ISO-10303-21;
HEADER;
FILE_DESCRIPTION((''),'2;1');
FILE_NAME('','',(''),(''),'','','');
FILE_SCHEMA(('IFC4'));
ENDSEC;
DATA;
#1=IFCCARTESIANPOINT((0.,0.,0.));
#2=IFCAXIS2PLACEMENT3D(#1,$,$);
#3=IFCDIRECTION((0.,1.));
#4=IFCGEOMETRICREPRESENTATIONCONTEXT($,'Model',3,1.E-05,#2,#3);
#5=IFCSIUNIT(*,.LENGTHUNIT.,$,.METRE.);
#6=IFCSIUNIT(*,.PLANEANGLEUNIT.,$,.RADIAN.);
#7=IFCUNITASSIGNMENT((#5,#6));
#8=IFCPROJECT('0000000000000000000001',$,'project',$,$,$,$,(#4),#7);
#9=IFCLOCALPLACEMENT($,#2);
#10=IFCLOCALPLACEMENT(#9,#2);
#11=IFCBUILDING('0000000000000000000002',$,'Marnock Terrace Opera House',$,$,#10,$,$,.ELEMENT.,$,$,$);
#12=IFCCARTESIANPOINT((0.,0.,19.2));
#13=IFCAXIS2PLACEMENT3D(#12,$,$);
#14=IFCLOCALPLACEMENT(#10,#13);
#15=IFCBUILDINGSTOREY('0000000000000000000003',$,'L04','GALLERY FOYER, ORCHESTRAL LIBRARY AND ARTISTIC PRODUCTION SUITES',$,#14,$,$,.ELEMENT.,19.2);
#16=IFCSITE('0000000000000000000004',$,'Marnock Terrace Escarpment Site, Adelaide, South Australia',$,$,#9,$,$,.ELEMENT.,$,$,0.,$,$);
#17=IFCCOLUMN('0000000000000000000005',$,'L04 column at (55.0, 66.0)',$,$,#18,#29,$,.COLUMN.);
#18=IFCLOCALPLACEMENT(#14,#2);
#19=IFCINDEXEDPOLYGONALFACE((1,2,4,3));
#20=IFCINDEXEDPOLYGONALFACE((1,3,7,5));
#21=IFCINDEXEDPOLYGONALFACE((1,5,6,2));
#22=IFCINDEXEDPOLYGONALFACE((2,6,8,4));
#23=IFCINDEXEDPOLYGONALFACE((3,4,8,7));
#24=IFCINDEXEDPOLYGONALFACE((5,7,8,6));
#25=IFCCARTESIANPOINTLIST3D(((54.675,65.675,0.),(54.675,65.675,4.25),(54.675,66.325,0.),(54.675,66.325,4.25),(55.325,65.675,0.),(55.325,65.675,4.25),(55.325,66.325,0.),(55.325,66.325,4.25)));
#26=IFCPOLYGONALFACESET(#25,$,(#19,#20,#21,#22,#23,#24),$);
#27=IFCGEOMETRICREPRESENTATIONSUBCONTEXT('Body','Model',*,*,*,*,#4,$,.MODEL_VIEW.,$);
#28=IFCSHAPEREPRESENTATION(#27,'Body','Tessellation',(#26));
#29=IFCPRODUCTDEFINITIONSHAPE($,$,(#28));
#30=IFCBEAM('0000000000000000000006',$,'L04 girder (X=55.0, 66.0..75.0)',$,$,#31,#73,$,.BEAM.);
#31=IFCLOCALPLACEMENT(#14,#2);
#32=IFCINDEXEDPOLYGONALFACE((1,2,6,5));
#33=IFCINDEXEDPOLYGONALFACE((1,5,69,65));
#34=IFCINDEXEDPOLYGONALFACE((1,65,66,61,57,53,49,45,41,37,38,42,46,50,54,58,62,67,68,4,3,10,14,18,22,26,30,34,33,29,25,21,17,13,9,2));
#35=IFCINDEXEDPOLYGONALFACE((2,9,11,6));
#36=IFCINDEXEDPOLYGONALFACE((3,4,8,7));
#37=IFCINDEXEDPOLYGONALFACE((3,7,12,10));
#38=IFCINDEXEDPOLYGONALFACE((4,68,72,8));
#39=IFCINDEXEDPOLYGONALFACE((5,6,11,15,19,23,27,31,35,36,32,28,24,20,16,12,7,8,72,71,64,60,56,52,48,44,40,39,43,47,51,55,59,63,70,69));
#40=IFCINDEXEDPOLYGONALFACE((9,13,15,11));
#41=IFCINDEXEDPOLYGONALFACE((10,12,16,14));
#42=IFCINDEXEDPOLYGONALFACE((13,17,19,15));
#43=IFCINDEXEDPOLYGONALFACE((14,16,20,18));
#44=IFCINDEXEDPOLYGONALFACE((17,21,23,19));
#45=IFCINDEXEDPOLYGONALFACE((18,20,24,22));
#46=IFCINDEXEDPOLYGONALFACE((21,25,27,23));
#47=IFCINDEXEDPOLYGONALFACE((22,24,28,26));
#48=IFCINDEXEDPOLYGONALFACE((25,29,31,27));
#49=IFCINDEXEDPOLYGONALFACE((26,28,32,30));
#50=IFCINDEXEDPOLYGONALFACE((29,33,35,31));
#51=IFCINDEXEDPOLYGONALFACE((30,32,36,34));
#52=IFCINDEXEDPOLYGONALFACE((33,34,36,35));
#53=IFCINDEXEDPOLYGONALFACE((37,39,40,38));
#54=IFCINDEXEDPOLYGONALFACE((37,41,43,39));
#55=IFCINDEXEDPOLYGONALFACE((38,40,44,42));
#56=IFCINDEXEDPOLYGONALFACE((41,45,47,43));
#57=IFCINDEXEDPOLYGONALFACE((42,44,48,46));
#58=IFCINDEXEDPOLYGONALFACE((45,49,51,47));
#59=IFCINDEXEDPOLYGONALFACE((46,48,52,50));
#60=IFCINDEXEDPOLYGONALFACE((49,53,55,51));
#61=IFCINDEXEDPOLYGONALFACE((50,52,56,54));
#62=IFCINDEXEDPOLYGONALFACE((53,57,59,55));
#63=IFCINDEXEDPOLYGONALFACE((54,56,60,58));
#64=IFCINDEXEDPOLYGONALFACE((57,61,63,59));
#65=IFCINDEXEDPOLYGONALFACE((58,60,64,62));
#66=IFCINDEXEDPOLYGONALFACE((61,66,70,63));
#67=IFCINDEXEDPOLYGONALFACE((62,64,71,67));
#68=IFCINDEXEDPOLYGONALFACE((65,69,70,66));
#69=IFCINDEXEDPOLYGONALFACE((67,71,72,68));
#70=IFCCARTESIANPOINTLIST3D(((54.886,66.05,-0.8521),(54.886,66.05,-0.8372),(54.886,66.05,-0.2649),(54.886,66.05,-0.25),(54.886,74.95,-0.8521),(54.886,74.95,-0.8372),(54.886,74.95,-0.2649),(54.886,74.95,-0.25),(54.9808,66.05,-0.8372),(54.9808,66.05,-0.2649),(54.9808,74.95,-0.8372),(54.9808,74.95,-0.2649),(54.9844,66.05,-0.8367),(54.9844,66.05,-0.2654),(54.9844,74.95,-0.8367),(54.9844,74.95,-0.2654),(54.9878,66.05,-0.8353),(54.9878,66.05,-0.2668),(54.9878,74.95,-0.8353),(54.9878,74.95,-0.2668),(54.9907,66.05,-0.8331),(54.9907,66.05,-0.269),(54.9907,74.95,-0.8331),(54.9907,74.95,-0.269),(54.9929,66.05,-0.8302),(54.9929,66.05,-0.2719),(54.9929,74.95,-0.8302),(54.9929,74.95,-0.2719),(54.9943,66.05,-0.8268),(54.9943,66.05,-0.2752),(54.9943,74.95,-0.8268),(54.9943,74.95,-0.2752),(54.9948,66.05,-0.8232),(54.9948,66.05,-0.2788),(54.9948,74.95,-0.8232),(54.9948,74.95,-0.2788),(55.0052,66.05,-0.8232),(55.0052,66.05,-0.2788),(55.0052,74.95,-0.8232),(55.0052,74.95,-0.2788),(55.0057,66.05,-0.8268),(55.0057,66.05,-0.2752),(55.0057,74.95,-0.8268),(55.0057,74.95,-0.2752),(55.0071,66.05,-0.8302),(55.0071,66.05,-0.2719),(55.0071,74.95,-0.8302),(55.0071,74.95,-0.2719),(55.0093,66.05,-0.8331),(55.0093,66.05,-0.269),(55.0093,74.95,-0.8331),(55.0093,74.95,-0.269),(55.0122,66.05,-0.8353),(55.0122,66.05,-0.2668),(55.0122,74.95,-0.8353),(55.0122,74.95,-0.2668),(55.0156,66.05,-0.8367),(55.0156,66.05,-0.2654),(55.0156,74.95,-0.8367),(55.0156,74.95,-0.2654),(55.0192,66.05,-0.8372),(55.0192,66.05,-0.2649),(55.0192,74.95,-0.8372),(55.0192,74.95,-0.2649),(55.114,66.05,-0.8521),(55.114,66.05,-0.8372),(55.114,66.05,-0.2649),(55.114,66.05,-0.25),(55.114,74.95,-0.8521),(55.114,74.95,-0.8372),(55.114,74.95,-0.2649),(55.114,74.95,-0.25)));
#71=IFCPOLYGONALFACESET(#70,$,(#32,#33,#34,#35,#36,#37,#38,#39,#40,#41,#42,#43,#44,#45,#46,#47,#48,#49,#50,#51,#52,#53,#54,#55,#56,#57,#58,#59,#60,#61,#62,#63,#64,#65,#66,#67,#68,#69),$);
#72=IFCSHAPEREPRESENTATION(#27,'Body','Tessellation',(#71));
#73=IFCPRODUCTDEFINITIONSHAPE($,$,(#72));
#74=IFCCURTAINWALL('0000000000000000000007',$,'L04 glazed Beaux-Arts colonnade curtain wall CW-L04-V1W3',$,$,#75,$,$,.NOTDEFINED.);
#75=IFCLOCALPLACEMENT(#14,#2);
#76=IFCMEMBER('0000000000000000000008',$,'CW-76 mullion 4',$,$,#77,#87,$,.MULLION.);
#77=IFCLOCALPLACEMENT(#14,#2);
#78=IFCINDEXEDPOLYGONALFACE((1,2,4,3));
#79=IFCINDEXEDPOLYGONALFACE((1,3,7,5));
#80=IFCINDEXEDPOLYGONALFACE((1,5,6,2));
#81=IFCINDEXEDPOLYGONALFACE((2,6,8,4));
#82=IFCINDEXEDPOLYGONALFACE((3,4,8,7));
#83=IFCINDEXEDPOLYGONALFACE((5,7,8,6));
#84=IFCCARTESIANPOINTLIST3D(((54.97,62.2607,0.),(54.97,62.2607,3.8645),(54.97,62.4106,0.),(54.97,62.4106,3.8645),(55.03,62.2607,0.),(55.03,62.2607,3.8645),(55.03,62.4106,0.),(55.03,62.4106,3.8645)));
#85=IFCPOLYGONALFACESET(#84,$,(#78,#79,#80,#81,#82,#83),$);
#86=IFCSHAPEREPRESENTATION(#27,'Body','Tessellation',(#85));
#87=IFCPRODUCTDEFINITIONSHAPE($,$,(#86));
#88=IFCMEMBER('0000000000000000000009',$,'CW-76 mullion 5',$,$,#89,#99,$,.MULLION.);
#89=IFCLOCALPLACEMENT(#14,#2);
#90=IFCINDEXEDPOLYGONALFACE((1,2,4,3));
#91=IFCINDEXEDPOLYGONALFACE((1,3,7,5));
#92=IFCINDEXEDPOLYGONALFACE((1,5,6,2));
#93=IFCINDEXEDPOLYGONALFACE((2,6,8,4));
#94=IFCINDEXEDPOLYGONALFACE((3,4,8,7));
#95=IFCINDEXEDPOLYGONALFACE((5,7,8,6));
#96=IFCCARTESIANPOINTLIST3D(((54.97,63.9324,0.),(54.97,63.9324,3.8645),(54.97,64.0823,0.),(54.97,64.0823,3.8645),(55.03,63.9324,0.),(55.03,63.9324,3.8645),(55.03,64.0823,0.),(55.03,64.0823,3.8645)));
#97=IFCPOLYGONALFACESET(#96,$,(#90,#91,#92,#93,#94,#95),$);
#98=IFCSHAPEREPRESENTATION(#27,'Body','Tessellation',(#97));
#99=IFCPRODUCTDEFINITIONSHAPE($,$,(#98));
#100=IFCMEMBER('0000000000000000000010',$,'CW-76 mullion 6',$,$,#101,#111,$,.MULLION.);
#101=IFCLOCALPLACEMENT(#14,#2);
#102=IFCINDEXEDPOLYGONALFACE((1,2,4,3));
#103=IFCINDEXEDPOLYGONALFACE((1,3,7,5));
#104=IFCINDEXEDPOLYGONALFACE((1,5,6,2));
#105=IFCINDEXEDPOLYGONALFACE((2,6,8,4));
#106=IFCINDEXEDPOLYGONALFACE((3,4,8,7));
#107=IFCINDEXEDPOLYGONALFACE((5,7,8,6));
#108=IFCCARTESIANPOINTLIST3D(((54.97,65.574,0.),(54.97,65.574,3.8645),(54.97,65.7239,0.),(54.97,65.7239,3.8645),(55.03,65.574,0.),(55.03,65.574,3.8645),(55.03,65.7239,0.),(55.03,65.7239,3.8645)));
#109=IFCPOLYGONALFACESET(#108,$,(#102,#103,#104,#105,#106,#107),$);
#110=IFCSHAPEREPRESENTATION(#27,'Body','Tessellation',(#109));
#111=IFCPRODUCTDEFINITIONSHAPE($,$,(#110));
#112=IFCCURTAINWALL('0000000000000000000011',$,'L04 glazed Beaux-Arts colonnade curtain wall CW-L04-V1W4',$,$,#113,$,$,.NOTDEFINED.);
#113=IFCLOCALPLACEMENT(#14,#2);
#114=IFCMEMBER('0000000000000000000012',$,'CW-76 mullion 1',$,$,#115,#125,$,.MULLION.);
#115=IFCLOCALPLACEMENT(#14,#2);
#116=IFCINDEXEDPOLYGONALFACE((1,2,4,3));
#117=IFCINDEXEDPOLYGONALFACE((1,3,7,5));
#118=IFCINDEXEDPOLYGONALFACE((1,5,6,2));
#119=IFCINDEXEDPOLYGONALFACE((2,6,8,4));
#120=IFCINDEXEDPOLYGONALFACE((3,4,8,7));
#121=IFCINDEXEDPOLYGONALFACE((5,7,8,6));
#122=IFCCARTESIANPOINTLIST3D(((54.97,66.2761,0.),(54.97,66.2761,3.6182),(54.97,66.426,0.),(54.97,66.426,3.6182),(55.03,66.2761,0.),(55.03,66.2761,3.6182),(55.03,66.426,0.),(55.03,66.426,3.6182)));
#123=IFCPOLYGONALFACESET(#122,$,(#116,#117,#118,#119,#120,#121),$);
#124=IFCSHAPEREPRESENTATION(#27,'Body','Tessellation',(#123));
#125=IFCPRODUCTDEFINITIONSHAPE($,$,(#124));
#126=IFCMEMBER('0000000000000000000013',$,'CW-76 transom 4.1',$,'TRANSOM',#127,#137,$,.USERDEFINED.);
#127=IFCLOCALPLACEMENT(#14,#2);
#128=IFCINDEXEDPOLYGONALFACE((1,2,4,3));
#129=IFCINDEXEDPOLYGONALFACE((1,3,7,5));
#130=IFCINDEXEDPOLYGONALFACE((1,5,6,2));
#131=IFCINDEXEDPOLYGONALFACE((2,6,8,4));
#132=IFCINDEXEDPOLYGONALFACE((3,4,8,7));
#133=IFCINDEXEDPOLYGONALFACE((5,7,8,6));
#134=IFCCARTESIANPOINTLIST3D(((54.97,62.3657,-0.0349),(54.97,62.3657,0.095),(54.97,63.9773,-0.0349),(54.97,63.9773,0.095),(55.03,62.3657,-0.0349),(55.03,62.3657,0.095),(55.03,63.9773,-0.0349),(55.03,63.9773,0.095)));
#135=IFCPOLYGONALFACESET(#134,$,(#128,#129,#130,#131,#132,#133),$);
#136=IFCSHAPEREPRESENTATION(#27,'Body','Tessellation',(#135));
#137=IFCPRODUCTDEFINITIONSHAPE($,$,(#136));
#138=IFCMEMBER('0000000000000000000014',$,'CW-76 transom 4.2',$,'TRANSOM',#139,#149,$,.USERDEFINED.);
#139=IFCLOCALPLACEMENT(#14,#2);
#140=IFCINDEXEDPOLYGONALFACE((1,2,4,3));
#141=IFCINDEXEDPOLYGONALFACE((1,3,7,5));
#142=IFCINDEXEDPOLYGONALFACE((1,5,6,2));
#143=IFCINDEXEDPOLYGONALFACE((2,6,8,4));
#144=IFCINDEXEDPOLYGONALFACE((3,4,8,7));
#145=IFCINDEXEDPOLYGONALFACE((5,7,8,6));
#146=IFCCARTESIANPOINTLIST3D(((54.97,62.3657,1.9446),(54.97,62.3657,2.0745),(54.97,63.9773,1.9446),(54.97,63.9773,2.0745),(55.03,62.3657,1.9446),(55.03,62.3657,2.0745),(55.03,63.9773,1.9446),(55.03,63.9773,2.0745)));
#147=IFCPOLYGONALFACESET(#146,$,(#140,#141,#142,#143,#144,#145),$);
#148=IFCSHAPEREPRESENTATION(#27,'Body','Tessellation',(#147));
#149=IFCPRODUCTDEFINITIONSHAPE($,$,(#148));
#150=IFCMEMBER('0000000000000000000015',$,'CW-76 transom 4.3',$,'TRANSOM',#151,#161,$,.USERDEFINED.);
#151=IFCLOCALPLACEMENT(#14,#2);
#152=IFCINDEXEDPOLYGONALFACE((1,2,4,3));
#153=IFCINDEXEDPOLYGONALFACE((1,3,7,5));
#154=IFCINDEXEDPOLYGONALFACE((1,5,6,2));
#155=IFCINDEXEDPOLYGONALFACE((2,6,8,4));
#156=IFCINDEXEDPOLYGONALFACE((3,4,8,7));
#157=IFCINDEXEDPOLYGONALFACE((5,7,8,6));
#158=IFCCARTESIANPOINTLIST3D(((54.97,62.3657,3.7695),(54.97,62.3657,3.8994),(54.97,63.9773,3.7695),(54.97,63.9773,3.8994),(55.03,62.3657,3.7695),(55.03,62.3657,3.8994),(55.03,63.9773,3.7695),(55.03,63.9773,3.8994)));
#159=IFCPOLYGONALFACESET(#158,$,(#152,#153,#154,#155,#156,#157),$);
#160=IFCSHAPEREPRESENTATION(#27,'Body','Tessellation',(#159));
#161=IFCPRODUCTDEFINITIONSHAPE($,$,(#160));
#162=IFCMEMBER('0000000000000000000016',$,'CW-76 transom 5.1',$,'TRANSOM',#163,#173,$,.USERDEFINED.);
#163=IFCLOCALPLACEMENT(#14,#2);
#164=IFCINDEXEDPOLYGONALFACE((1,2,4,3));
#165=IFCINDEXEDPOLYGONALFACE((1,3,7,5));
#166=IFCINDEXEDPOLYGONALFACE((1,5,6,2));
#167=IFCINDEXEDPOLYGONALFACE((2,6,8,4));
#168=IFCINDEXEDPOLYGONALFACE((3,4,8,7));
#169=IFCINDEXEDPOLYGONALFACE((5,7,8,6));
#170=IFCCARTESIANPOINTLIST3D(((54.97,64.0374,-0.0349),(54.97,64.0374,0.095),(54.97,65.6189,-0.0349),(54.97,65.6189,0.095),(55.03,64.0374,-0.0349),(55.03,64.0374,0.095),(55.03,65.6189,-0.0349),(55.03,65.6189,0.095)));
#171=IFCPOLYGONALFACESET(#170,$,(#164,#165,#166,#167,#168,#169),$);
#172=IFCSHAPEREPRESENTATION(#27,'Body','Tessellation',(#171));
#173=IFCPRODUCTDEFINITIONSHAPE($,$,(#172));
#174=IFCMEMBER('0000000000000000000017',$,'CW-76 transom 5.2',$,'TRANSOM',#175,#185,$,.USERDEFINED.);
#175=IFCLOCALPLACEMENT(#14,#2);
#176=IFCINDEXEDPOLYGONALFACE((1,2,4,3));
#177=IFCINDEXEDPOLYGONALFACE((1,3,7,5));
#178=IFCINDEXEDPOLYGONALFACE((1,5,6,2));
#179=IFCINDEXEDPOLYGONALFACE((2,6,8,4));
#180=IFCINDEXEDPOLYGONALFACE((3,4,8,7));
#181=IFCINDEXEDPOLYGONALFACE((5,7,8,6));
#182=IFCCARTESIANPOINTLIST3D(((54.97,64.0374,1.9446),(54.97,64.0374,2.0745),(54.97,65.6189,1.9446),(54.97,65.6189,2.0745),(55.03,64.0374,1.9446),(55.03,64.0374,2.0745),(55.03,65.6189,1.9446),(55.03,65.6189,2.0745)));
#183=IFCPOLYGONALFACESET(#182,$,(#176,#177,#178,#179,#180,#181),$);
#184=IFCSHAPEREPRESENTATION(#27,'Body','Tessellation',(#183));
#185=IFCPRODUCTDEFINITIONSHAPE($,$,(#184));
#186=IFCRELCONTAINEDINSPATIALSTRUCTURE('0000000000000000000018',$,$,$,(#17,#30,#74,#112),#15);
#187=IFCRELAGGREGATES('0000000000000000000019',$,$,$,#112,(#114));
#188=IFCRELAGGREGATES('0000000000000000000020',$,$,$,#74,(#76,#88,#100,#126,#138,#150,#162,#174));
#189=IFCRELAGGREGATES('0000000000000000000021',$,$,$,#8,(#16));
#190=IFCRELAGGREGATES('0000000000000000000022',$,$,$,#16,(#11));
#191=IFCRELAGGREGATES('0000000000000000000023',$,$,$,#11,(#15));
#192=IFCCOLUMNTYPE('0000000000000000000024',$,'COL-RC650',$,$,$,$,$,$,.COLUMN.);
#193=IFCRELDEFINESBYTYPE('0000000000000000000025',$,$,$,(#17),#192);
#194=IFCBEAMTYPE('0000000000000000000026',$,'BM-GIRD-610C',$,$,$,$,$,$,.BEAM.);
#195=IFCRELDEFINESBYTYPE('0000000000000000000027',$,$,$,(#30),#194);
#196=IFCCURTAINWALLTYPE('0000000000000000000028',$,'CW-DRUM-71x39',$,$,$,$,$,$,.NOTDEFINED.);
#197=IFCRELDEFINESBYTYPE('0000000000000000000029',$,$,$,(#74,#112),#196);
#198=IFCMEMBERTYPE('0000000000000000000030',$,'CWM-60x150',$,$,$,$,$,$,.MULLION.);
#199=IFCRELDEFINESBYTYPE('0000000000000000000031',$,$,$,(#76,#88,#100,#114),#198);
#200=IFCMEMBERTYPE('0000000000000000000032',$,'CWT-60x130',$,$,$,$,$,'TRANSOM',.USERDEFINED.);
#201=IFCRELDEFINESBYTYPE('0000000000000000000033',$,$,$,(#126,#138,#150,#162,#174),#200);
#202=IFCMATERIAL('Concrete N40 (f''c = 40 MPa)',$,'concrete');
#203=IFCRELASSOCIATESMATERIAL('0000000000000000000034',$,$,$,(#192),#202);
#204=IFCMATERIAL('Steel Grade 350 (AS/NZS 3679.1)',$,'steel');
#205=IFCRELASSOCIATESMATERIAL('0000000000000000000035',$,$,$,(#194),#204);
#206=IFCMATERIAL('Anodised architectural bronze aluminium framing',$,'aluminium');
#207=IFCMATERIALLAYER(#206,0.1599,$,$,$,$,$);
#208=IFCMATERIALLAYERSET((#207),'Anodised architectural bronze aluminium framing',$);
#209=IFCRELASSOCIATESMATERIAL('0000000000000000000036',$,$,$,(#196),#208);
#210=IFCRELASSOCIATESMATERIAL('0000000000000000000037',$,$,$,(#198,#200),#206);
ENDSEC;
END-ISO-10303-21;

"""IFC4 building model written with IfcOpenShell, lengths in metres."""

from ifc_helpers import new_model, si_unit, direction, frame, origin, origin_2d, place, context, subcontext, project, spatial, rectangle, i_section, extrude, material, layer, layer_set, material_profile, profile_set, type_object, element, aggregate, save


model = new_model("IFC4")

# Units and contexts
model_context = context("Model", 3, precision=1e-05, world=origin(), true_north=direction((0.0, 1.0)))
body_context = subcontext(model_context, "Body", "Model", "MODEL_VIEW")
ifc_project = project(units=[si_unit("LENGTHUNIT", "METRE"), si_unit("PLANEANGLEUNIT", "RADIAN")], contexts=[model_context])

# Site, building, storey
site_placement = place(None, origin())
site = spatial("IfcSite", under=ifc_project, at=site_placement, Name="Marnock Terrace Escarpment Site, Adelaide, South Australia", CompositionType="ELEMENT", RefElevation=0.0)
building_placement = place(site_placement, origin())
building = spatial("IfcBuilding", under=site, at=building_placement, Name="Marnock Terrace Opera House", CompositionType="ELEMENT")
storey_placement = place(building_placement, frame((0.0, 0.0, 19.2)))
storey = spatial("IfcBuildingStorey", under=building, at=storey_placement, Name="L04", Description="GALLERY FOYER, ORCHESTRAL LIBRARY AND ARTISTIC PRODUCTION SUITES", CompositionType="ELEMENT", Elevation=19.2)

# Column
ifc_material_1 = material(Name="Concrete N40 (f'c = 40 MPa)", Category="concrete")
ifc_material_profile_1 = material_profile(ifc_material_1, rectangle(XDim=0.6499, YDim=0.6499, at=origin_2d()))
ifc_profile_set_1 = profile_set([ifc_material_profile_1], Name="Concrete N40 (f'c = 40 MPa)")
column_type = type_object("IfcColumnType", Name="COL-RC650", PredefinedType="COLUMN", material=ifc_profile_set_1)
column_placement = place(storey_placement, frame((55.0, 66.0, 0.0), z_axis=(0.0, 0.0, 1.0), x_axis=(1.0, 0.0, 0.0)))
element("IfcColumn", 1, at=column_placement, inside=storey, type_object=column_type, Name="L04 column at (55.0, 66.0)", PredefinedType="COLUMN", context=body_context, shape_type="SweptSolid", body=[
    extrude(rectangle(XDim=0.6499, YDim=0.6499, at=origin_2d()), origin(), (0.0, 0.0, 1.0), 4.25),
])

# Beam
ifc_material_2 = material(Name="Steel Grade 350 (AS/NZS 3679.1)", Category="steel")
ifc_material_profile_2 = material_profile(ifc_material_2, i_section(OverallWidth=0.228, OverallDepth=0.6021, WebThickness=0.0105, FlangeThickness=0.0149, FilletRadius=0.0139, at=origin_2d()))
ifc_profile_set_2 = profile_set([ifc_material_profile_2], Name="Steel Grade 350 (AS/NZS 3679.1)")
beam_type = type_object("IfcBeamType", Name="BM-GIRD-610C", PredefinedType="BEAM", material=ifc_profile_set_2)
beam_placement = place(storey_placement, frame((55.0, 66.05, -0.551), z_axis=(0.0, 1.0, 0.0), x_axis=(-1.0, 0.0, 0.0)))
element("IfcBeam", 2, at=beam_placement, inside=storey, type_object=beam_type, Name="L04 girder (X=55.0, 66.0..75.0)", PredefinedType="BEAM", context=body_context, shape_type="SweptSolid", body=[
    extrude(i_section(OverallWidth=0.228, OverallDepth=0.6021, WebThickness=0.0105, FlangeThickness=0.0149, FilletRadius=0.0139, at=origin_2d()), origin(), (0.0, 0.0, 1.0), 8.8999),
])

# Curtain wall, members
ifc_material_3 = material(Name="Anodised architectural bronze aluminium framing", Category="aluminium")
ifc_layer_1 = layer(ifc_material_3, 0.1599)
ifc_layer_set_1 = layer_set([ifc_layer_1], Name="Anodised architectural bronze aluminium framing")
curtain_wall_type = type_object("IfcCurtainWallType", Name="CW-DRUM-71x39", PredefinedType="NOTDEFINED", material=ifc_layer_set_1)
curtain_wall_1_placement = place(storey_placement, origin())
curtain_wall_1 = element("IfcCurtainWall", 3, at=curtain_wall_1_placement, inside=storey, type_object=curtain_wall_type, Name="L04 glazed Beaux-Arts colonnade curtain wall CW-L04-V1W3", PredefinedType="NOTDEFINED")
ifc_material_profile_3 = material_profile(ifc_material_3, rectangle(XDim=0.0601, YDim=0.1499, at=origin_2d()))
ifc_profile_set_3 = profile_set([ifc_material_profile_3], Name="Anodised architectural bronze aluminium framing")
member_type_1 = type_object("IfcMemberType", Name="CWM-60x150", PredefinedType="MULLION", material=ifc_profile_set_3)
member_1_placement = place(storey_placement, frame((55.0, 62.3357, 0.0), z_axis=(0.0, 0.0, 1.0), x_axis=(-1.0, 0.0, 0.0)))
member_1 = element("IfcMember", 4, at=member_1_placement, type_object=member_type_1, Name="CW-76 mullion 4", PredefinedType="MULLION", context=body_context, shape_type="SweptSolid", body=[
    extrude(rectangle(XDim=0.0601, YDim=0.1499, at=origin_2d()), origin(), (0.0, 0.0, 1.0), 3.8645),
])
member_2_placement = place(storey_placement, frame((55.0, 64.0073, 0.0), z_axis=(0.0, 0.0, 1.0), x_axis=(-1.0, 0.0, 0.0)))
member_2 = element("IfcMember", 5, at=member_2_placement, type_object=member_type_1, Name="CW-76 mullion 5", PredefinedType="MULLION", context=body_context, shape_type="SweptSolid", body=[
    extrude(rectangle(XDim=0.0601, YDim=0.1499, at=origin_2d()), origin(), (0.0, 0.0, 1.0), 3.8645),
])
member_3_placement = place(storey_placement, frame((55.0, 65.6489, 0.0), z_axis=(0.0, 0.0, 1.0), x_axis=(-1.0, 0.0, 0.0)))
member_3 = element("IfcMember", 6, at=member_3_placement, type_object=member_type_1, Name="CW-76 mullion 6", PredefinedType="MULLION", context=body_context, shape_type="SweptSolid", body=[
    extrude(rectangle(XDim=0.0601, YDim=0.1499, at=origin_2d()), origin(), (0.0, 0.0, 1.0), 3.8645),
])

# Curtain wall, member
curtain_wall_2_placement = place(storey_placement, origin())
curtain_wall_2 = element("IfcCurtainWall", 7, at=curtain_wall_2_placement, inside=storey, type_object=curtain_wall_type, Name="L04 glazed Beaux-Arts colonnade curtain wall CW-L04-V1W4", PredefinedType="NOTDEFINED")
member_4_placement = place(storey_placement, frame((55.0, 66.3511, 0.0), z_axis=(0.0, 0.0, 1.0), x_axis=(-1.0, 0.0, 0.0)))
member_4 = element("IfcMember", 8, at=member_4_placement, type_object=member_type_1, Name="CW-76 mullion 1", PredefinedType="MULLION", context=body_context, shape_type="SweptSolid", body=[
    extrude(rectangle(XDim=0.0601, YDim=0.1499, at=origin_2d()), origin(), (0.0, 0.0, 1.0), 3.6182),
])

# Members
ifc_material_profile_4 = material_profile(ifc_material_3, rectangle(XDim=0.0601, YDim=0.1299, at=origin_2d()))
ifc_profile_set_4 = profile_set([ifc_material_profile_4], Name="Anodised architectural bronze aluminium framing")
member_type_2 = type_object("IfcMemberType", Name="CWT-60x130", ElementType="TRANSOM", PredefinedType="USERDEFINED", material=ifc_profile_set_4)
member_5_placement = place(storey_placement, frame((55.0, 62.3657, 0.03), z_axis=(0.0, 1.0, 0.0), x_axis=(-1.0, 0.0, 0.0)))
member_5 = element("IfcMember", 9, at=member_5_placement, type_object=member_type_2, Name="CW-76 transom 4.1", ObjectType="TRANSOM", PredefinedType="USERDEFINED", context=body_context, shape_type="SweptSolid", body=[
    extrude(rectangle(XDim=0.0601, YDim=0.1299, at=origin_2d()), origin(), (0.0, 0.0, 1.0), 1.6116),
])
member_6_placement = place(storey_placement, frame((55.0, 62.3657, 2.0095), z_axis=(0.0, 1.0, 0.0), x_axis=(-1.0, 0.0, 0.0)))
member_6 = element("IfcMember", 10, at=member_6_placement, type_object=member_type_2, Name="CW-76 transom 4.2", ObjectType="TRANSOM", PredefinedType="USERDEFINED", context=body_context, shape_type="SweptSolid", body=[
    extrude(rectangle(XDim=0.0601, YDim=0.1299, at=origin_2d()), origin(), (0.0, 0.0, 1.0), 1.6116),
])
member_7_placement = place(storey_placement, frame((55.0, 62.3657, 3.8345), z_axis=(0.0, 1.0, 0.0), x_axis=(-1.0, 0.0, 0.0)))
member_7 = element("IfcMember", 11, at=member_7_placement, type_object=member_type_2, Name="CW-76 transom 4.3", ObjectType="TRANSOM", PredefinedType="USERDEFINED", context=body_context, shape_type="SweptSolid", body=[
    extrude(rectangle(XDim=0.0601, YDim=0.1299, at=origin_2d()), origin(), (0.0, 0.0, 1.0), 1.6116),
])
member_8_placement = place(storey_placement, frame((55.0, 64.0374, 0.03), z_axis=(0.0, 1.0, 0.0), x_axis=(-1.0, 0.0, 0.0)))
member_8 = element("IfcMember", 12, at=member_8_placement, type_object=member_type_2, Name="CW-76 transom 5.1", ObjectType="TRANSOM", PredefinedType="USERDEFINED", context=body_context, shape_type="SweptSolid", body=[
    extrude(rectangle(XDim=0.0601, YDim=0.1299, at=origin_2d()), origin(), (0.0, 0.0, 1.0), 1.5815),
])
member_9_placement = place(storey_placement, frame((55.0, 64.0374, 2.0095), z_axis=(0.0, 1.0, 0.0), x_axis=(-1.0, 0.0, 0.0)))
member_9 = element("IfcMember", 13, at=member_9_placement, type_object=member_type_2, Name="CW-76 transom 5.2", ObjectType="TRANSOM", PredefinedType="USERDEFINED", context=body_context, shape_type="SweptSolid", body=[
    extrude(rectangle(XDim=0.0601, YDim=0.1299, at=origin_2d()), origin(), (0.0, 0.0, 1.0), 1.5815),
])
aggregate(curtain_wall_2, [member_4])

aggregate(curtain_wall_1, [member_1, member_2, member_3, member_5, member_6, member_7, member_8, member_9])

save(model, "model.ifc")
